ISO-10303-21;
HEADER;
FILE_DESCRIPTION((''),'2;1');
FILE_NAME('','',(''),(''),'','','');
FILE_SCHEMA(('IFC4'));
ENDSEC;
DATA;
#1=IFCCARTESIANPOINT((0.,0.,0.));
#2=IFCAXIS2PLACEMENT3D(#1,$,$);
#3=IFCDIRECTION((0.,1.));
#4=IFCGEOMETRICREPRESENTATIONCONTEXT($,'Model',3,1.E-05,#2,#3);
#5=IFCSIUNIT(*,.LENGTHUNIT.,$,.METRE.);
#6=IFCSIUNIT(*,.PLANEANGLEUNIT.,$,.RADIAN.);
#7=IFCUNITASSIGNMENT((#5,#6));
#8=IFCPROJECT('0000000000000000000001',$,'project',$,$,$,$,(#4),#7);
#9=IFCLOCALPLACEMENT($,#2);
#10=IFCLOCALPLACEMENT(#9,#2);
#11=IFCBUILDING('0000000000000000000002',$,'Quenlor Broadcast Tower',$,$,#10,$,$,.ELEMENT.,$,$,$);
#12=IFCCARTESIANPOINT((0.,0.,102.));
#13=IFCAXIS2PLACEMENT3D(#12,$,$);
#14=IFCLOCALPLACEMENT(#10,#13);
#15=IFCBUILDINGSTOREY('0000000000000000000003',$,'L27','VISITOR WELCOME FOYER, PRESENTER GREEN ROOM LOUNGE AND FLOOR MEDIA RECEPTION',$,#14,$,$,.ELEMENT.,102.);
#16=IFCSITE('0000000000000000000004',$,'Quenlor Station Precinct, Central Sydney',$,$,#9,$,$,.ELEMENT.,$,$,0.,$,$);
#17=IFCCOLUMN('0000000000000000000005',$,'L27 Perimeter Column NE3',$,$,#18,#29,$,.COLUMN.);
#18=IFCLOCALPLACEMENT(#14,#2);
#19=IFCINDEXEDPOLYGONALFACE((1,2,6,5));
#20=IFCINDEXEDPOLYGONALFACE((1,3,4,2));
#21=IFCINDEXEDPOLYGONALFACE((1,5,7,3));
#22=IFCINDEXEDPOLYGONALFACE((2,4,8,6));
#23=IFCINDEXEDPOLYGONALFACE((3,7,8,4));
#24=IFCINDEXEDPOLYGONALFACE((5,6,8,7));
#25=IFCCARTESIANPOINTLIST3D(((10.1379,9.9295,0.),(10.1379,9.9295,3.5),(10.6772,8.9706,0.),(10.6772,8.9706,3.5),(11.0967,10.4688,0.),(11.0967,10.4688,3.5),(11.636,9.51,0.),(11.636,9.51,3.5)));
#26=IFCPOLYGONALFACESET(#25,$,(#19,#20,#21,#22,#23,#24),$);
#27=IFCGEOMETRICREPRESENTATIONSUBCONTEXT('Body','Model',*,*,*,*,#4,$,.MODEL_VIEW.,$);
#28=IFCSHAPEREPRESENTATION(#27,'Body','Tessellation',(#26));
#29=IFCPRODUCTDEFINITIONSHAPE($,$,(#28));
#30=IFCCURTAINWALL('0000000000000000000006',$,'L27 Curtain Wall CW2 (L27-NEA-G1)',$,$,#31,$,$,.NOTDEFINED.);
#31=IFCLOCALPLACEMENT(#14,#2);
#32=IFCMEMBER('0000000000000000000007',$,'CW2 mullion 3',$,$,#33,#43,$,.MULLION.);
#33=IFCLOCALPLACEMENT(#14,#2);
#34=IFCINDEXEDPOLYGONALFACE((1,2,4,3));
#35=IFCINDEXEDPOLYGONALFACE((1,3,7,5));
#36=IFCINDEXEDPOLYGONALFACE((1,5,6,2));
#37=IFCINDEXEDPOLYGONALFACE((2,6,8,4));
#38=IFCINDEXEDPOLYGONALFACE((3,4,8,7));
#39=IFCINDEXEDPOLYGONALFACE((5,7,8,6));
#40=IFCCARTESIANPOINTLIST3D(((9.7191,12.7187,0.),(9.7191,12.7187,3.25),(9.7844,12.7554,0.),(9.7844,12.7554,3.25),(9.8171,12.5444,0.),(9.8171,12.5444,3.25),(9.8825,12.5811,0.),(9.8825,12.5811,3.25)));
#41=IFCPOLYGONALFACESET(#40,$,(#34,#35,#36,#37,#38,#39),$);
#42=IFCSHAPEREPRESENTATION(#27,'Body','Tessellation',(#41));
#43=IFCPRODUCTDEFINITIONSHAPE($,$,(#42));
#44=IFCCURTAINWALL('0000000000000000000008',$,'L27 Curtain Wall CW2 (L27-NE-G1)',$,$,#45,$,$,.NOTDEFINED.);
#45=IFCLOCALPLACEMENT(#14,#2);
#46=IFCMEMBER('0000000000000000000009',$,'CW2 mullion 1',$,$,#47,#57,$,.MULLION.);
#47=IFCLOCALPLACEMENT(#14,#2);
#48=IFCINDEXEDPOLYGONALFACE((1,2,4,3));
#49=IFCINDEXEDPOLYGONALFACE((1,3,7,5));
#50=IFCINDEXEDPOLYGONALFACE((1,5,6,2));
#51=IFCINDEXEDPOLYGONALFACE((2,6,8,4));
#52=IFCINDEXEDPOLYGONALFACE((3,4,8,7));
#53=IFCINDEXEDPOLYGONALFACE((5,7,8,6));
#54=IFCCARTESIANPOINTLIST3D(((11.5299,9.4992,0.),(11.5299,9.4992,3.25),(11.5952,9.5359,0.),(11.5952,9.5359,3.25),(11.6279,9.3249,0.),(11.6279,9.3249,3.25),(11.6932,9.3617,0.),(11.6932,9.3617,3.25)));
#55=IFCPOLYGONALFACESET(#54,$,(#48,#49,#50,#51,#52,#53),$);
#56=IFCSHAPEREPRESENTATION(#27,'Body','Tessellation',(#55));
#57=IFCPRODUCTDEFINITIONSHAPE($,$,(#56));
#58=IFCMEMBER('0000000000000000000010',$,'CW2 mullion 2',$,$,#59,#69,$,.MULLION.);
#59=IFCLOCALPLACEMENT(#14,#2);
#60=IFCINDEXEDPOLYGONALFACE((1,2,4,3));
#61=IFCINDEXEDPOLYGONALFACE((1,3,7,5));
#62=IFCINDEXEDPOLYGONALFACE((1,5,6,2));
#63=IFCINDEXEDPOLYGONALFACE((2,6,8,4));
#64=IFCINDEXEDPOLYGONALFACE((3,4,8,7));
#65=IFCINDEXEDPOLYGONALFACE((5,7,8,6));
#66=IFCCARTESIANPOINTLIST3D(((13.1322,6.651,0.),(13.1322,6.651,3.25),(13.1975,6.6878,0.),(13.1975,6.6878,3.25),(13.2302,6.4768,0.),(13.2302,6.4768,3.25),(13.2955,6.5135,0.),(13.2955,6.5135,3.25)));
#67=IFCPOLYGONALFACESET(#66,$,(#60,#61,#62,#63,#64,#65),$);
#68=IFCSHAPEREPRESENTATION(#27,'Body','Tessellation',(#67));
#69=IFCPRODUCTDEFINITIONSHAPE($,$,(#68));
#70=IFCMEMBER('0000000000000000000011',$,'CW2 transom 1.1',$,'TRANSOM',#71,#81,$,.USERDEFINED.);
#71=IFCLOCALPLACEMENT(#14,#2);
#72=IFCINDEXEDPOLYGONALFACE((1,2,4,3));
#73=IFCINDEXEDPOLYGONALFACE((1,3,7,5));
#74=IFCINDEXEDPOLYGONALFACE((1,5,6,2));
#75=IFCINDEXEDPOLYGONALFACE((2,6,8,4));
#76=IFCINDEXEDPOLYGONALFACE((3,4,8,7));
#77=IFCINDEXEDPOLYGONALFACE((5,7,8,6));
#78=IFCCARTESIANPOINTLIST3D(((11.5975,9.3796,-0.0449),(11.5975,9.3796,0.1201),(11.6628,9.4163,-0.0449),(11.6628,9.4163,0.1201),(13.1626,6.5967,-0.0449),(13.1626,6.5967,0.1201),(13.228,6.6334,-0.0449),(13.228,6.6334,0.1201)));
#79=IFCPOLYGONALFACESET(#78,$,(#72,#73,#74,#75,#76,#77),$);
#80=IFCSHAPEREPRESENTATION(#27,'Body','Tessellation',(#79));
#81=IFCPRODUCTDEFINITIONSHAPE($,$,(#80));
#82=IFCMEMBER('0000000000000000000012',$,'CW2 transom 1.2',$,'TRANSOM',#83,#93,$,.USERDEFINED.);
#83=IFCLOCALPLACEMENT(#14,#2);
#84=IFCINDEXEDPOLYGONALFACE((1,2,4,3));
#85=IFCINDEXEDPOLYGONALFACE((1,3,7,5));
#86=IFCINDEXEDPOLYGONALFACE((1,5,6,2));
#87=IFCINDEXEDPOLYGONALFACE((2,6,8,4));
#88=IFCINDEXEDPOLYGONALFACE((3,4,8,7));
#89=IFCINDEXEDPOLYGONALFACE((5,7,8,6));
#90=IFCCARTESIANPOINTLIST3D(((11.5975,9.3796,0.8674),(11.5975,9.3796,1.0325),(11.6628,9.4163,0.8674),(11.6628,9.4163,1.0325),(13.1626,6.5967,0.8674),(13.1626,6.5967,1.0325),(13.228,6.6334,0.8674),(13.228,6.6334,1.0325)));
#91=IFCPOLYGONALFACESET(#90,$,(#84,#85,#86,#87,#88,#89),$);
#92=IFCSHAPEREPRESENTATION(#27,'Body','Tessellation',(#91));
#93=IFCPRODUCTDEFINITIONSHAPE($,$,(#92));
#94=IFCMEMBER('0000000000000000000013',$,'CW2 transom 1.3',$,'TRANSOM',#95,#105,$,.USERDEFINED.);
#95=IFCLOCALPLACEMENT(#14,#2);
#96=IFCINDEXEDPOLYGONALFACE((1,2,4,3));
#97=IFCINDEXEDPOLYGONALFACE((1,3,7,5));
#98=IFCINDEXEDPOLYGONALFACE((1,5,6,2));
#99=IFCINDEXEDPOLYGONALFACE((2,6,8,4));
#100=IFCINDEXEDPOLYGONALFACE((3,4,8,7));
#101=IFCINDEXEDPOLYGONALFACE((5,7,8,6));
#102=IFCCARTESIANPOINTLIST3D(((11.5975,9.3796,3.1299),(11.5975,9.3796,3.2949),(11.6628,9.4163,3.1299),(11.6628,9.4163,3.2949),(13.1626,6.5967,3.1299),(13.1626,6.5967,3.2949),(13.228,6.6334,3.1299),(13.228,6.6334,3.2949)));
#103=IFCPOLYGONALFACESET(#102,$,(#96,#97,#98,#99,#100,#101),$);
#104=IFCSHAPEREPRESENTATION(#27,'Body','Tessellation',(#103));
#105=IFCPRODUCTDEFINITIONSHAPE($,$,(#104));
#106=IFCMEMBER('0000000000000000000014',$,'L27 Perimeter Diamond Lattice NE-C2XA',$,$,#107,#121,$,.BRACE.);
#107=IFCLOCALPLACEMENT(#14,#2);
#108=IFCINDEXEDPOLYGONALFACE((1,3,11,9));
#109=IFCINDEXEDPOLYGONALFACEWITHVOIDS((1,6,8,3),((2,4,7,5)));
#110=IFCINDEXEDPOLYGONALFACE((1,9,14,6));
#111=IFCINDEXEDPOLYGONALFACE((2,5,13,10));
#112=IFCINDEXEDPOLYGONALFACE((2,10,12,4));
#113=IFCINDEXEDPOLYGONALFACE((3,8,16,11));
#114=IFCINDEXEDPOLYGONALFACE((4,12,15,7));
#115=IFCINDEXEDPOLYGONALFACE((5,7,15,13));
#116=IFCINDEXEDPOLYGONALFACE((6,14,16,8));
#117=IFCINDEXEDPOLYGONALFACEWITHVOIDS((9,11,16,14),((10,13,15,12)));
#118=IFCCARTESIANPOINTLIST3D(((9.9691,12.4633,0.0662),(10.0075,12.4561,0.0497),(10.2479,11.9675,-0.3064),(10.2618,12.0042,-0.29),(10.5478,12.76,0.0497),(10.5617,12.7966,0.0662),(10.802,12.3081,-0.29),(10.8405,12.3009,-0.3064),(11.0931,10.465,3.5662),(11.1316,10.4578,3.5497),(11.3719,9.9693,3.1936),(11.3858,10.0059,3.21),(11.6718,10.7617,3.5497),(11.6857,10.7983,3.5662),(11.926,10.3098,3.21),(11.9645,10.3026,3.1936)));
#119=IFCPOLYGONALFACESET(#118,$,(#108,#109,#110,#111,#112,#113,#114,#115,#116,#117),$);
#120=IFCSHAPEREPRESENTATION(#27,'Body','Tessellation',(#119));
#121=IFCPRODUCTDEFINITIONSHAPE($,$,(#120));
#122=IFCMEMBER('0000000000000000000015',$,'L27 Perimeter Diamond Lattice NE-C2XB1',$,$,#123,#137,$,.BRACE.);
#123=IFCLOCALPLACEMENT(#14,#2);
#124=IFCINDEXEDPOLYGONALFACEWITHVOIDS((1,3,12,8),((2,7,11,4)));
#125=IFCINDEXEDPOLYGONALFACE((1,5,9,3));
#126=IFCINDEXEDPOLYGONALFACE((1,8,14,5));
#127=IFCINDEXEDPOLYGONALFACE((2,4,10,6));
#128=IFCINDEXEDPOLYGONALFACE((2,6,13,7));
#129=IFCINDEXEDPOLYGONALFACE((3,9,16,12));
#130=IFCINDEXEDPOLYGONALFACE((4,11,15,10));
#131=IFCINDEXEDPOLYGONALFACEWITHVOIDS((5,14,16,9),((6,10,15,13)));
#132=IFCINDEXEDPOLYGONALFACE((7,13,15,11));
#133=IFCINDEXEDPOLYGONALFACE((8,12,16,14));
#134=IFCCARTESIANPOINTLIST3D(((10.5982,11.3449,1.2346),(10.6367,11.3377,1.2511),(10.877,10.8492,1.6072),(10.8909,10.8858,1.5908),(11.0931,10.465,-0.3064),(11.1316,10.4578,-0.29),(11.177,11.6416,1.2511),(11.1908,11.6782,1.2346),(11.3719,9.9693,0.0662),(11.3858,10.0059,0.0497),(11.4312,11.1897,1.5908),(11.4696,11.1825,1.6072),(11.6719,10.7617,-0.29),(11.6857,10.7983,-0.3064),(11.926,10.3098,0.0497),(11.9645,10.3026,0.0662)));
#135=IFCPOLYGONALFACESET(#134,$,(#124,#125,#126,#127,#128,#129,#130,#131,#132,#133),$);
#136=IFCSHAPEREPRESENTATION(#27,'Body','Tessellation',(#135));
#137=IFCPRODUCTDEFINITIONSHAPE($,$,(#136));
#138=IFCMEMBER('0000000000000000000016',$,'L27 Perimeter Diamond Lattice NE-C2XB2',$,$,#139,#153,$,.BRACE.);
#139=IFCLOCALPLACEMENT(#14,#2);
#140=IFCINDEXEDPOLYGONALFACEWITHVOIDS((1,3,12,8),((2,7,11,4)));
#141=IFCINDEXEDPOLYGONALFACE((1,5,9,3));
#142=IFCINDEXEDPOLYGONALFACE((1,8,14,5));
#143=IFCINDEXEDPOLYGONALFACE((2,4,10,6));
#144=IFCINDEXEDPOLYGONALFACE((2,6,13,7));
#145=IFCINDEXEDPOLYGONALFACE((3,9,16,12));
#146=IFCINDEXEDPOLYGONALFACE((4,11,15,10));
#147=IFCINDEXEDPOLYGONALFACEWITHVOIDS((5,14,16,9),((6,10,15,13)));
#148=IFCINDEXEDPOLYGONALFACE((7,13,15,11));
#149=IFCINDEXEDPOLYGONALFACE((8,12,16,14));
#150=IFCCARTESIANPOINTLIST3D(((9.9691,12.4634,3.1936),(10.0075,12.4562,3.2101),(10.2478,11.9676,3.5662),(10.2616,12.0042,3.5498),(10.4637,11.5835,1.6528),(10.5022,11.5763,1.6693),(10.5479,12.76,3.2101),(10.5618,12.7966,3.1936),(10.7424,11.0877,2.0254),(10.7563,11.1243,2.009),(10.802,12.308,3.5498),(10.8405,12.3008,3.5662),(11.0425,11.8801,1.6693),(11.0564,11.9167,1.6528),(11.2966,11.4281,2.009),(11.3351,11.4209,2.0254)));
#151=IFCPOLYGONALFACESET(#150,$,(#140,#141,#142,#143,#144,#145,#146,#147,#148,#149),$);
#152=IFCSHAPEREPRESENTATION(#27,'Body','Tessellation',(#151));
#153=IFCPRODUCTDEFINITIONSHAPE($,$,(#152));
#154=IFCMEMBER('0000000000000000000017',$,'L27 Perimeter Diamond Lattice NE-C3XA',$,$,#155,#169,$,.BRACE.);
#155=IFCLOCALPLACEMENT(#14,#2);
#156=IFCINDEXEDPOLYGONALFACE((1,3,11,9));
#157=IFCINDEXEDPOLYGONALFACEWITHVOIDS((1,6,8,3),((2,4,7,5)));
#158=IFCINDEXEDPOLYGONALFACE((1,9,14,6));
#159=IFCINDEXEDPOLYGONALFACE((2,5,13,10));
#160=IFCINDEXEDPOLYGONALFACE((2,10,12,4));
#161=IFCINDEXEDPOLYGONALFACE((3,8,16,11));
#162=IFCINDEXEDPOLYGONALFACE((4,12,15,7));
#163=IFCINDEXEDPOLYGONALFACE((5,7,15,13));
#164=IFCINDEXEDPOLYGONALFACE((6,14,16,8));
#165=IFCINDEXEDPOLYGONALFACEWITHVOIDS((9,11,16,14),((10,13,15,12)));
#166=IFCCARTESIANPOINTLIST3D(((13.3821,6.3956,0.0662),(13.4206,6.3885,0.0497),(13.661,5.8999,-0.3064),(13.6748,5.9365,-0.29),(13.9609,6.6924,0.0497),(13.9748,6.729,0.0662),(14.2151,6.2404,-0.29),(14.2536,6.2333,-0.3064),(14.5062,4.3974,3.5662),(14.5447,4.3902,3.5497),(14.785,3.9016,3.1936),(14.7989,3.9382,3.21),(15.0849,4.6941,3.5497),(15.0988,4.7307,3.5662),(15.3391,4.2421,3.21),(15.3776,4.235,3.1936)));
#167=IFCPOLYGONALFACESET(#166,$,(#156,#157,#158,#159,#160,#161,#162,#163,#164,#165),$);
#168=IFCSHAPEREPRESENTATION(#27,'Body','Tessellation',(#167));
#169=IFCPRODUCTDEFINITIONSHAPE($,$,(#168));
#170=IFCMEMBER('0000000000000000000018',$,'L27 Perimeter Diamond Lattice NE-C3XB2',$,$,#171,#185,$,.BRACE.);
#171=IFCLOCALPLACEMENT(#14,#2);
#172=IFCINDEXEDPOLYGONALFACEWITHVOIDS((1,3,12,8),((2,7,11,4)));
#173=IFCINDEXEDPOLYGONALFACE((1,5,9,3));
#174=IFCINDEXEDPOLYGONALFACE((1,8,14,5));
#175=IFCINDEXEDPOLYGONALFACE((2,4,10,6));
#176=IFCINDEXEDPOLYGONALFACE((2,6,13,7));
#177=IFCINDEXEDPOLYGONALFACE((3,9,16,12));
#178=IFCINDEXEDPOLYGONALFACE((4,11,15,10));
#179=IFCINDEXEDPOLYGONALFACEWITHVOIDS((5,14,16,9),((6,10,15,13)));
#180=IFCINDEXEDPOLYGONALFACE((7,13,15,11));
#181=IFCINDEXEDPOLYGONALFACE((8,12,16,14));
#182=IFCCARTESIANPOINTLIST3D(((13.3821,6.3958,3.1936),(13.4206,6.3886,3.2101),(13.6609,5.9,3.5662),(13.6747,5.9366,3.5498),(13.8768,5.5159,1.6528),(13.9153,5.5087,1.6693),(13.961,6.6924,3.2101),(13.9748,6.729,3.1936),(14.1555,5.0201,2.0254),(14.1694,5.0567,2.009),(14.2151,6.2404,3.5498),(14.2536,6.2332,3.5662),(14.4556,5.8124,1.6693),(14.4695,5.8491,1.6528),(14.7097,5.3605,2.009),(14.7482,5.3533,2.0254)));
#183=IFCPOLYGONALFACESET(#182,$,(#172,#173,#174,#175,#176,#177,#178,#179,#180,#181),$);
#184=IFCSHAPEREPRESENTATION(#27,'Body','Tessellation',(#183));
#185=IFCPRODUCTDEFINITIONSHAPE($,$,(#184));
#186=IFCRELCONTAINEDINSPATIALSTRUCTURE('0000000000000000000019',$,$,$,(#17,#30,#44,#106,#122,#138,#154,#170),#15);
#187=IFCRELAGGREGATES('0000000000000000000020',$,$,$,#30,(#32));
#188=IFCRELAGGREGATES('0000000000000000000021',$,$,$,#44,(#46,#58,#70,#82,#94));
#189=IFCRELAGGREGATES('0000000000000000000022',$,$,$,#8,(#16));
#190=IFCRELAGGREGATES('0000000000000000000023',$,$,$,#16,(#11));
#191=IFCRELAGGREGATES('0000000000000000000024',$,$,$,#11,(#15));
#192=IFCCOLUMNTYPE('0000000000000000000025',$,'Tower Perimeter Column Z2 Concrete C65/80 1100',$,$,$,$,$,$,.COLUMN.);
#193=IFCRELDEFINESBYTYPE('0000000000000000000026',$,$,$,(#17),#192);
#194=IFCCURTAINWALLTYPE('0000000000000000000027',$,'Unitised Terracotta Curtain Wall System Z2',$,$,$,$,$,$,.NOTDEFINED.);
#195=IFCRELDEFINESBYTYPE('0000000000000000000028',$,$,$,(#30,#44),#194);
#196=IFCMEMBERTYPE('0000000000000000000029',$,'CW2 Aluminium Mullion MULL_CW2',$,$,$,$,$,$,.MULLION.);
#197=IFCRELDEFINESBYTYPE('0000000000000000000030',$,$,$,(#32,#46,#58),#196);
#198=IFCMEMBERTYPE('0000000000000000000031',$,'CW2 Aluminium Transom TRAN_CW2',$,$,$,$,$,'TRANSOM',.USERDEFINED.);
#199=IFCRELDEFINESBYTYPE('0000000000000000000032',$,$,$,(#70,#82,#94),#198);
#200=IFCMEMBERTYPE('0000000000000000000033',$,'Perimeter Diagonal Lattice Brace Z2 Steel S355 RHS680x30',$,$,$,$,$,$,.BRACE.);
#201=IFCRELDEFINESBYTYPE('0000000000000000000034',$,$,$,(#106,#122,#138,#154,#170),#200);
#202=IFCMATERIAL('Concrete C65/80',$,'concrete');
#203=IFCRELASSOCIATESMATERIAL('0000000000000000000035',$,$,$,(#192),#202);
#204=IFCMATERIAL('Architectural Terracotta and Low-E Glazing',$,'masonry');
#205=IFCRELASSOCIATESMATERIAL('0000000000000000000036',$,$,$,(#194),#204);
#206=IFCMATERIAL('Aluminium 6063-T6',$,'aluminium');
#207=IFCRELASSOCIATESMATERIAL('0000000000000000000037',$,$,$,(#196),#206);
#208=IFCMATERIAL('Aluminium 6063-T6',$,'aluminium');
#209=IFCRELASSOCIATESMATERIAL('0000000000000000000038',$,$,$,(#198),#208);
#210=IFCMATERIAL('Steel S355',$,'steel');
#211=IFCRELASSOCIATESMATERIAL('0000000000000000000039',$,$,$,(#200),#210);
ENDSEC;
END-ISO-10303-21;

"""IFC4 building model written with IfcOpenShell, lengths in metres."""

from ifc_helpers import new_model, si_unit, direction, frame, origin, origin_2d, place, context, subcontext, project, spatial, rectangle, hollow_rectangle, extrude, material, material_profile, profile_set, type_object, element, aggregate, save


model = new_model("IFC4")

# Units and contexts
model_context = context("Model", 3, precision=1e-05, world=origin(), true_north=direction((0.0, 1.0)))
body_context = subcontext(model_context, "Body", "Model", "MODEL_VIEW")
ifc_project = project(units=[si_unit("LENGTHUNIT", "METRE"), si_unit("PLANEANGLEUNIT", "RADIAN")], contexts=[model_context])

# Site, building, storey
site_placement = place(None, origin())
site = spatial("IfcSite", under=ifc_project, at=site_placement, Name="Quenlor Station Precinct, Central Sydney", CompositionType="ELEMENT", RefElevation=0.0)
building_placement = place(site_placement, origin())
building = spatial("IfcBuilding", under=site, at=building_placement, Name="Quenlor Broadcast Tower", CompositionType="ELEMENT")
storey_placement = place(building_placement, frame((0.0, 0.0, 102.0)))
storey = spatial("IfcBuildingStorey", under=building, at=storey_placement, Name="L27", Description="VISITOR WELCOME FOYER, PRESENTER GREEN ROOM LOUNGE AND FLOOR MEDIA RECEPTION", CompositionType="ELEMENT", Elevation=102.0)

# Column
ifc_material_1 = material(Name="Concrete C65/80", Category="concrete")
ifc_material_profile_1 = material_profile(ifc_material_1, rectangle(XDim=1.1001, YDim=1.1001, at=origin_2d()))
ifc_profile_set_1 = profile_set([ifc_material_profile_1], Name="Concrete C65/80 RC1100x1100")
column_type = type_object("IfcColumnType", Name="Tower Perimeter Column Z2 Concrete C65/80 1100", PredefinedType="COLUMN", material=ifc_profile_set_1)
column_placement = place(storey_placement, frame((10.887, 9.7197, 0.0), z_axis=(0.0, 0.0, 1.0), x_axis=(0.871575, 0.490262, 0.0)))
element("IfcColumn", 1, at=column_placement, inside=storey, type_object=column_type, Name="L27 Perimeter Column NE3", PredefinedType="COLUMN", context=body_context, shape_type="SweptSolid", body=[
    extrude(rectangle(XDim=1.1001, YDim=1.1001, at=origin_2d()), origin(), (0.0, 0.0, 1.0), 3.5),
])

# Curtain wall, member
ifc_material_2 = material(Name="Architectural Terracotta and Low-E Glazing", Category="masonry")
curtain_wall_type = type_object("IfcCurtainWallType", Name="Unitised Terracotta Curtain Wall System Z2", PredefinedType="NOTDEFINED", material=ifc_material_2)
curtain_wall_1_placement = place(storey_placement, origin())
curtain_wall_1 = element("IfcCurtainWall", 2, at=curtain_wall_1_placement, inside=storey, type_object=curtain_wall_type, Name="L27 Curtain Wall CW2 (L27-NEA-G1)", PredefinedType="NOTDEFINED")
ifc_material_3 = material(Name="Aluminium 6063-T6", Category="aluminium")
ifc_material_profile_2 = material_profile(ifc_material_3, rectangle(XDim=0.075, YDim=0.2, at=origin_2d()))
ifc_profile_set_2 = profile_set([ifc_material_profile_2], Name="Aluminium 6063-T6 MULL75x200")
member_type_1 = type_object("IfcMemberType", Name="CW2 Aluminium Mullion MULL_CW2", PredefinedType="MULLION", material=ifc_profile_set_2)
member_1_placement = place(storey_placement, frame((9.8008, 12.6499, 0.0), z_axis=(0.0, 0.0, 1.0), x_axis=(0.871573, 0.490265, 0.0)))
member_1 = element("IfcMember", 3, at=member_1_placement, type_object=member_type_1, Name="CW2 mullion 3", PredefinedType="MULLION", context=body_context, shape_type="SweptSolid", body=[
    extrude(rectangle(XDim=0.075, YDim=0.2, at=origin_2d()), origin(), (0.0, 0.0, 1.0), 3.25),
])
aggregate(curtain_wall_1, [member_1])

# Curtain wall, members
curtain_wall_2_placement = place(storey_placement, origin())
curtain_wall_2 = element("IfcCurtainWall", 4, at=curtain_wall_2_placement, inside=storey, type_object=curtain_wall_type, Name="L27 Curtain Wall CW2 (L27-NE-G1)", PredefinedType="NOTDEFINED")
member_2_placement = place(storey_placement, frame((11.6116, 9.4304, 0.0), z_axis=(0.0, 0.0, 1.0), x_axis=(0.871576, 0.490261, 0.0)))
member_2 = element("IfcMember", 5, at=member_2_placement, type_object=member_type_1, Name="CW2 mullion 1", PredefinedType="MULLION", context=body_context, shape_type="SweptSolid", body=[
    extrude(rectangle(XDim=0.075, YDim=0.2, at=origin_2d()), origin(), (0.0, 0.0, 1.0), 3.25),
])
member_3_placement = place(storey_placement, frame((13.2139, 6.5823, 0.0), z_axis=(0.0, 0.0, 1.0), x_axis=(0.871576, 0.490261, 0.0)))
member_3 = element("IfcMember", 6, at=member_3_placement, type_object=member_type_1, Name="CW2 mullion 2", PredefinedType="MULLION", context=body_context, shape_type="SweptSolid", body=[
    extrude(rectangle(XDim=0.075, YDim=0.2, at=origin_2d()), origin(), (0.0, 0.0, 1.0), 3.25),
])
ifc_material_4 = material(Name="Aluminium 6063-T6", Category="aluminium")
ifc_material_profile_3 = material_profile(ifc_material_4, rectangle(XDim=0.075, YDim=0.165, at=origin_2d()))
ifc_profile_set_3 = profile_set([ifc_material_profile_3], Name="Aluminium 6063-T6 TRAN75x165")
member_type_2 = type_object("IfcMemberType", Name="CW2 Aluminium Transom TRAN_CW2", ElementType="TRANSOM", PredefinedType="USERDEFINED", material=ifc_profile_set_3)
member_4_placement = place(storey_placement, frame((11.6301, 9.3979, 0.0376), z_axis=(0.490207, -0.871606, 0.0), x_axis=(0.871606, 0.490207, 0.0)))
member_4 = element("IfcMember", 7, at=member_4_placement, type_object=member_type_2, Name="CW2 transom 1.1", ObjectType="TRANSOM", PredefinedType="USERDEFINED", context=body_context, shape_type="SweptSolid", body=[
    extrude(rectangle(XDim=0.075, YDim=0.165, at=origin_2d()), origin(), (0.0, 0.0, 1.0), 3.1929),
])
member_5_placement = place(storey_placement, frame((11.6301, 9.3979, 0.95), z_axis=(0.490207, -0.871606, 0.0), x_axis=(0.871606, 0.490207, 0.0)))
member_5 = element("IfcMember", 8, at=member_5_placement, type_object=member_type_2, Name="CW2 transom 1.2", ObjectType="TRANSOM", PredefinedType="USERDEFINED", context=body_context, shape_type="SweptSolid", body=[
    extrude(rectangle(XDim=0.075, YDim=0.165, at=origin_2d()), origin(), (0.0, 0.0, 1.0), 3.1929),
])
member_6_placement = place(storey_placement, frame((11.6301, 9.3979, 3.2124), z_axis=(0.490207, -0.871606, 0.0), x_axis=(0.871606, 0.490207, 0.0)))
member_6 = element("IfcMember", 9, at=member_6_placement, type_object=member_type_2, Name="CW2 transom 1.3", ObjectType="TRANSOM", PredefinedType="USERDEFINED", context=body_context, shape_type="SweptSolid", body=[
    extrude(rectangle(XDim=0.075, YDim=0.165, at=origin_2d()), origin(), (0.0, 0.0, 1.0), 3.1929),
])

# Members
ifc_material_5 = material(Name="Steel S355", Category="steel")
ifc_material_profile_4 = material_profile(ifc_material_5, hollow_rectangle(XDim=0.6799, YDim=0.6799, WallThickness=0.03, at=origin_2d()))
ifc_profile_set_4 = profile_set([ifc_material_profile_4], Name="Steel S355 RHS680x680x30")
member_type_3 = type_object("IfcMemberType", Name="Perimeter Diagonal Lattice Brace Z2 Steel S355 RHS680x30", PredefinedType="BRACE", material=ifc_profile_set_4)
member_7_placement = place(storey_placement, frame((10.4048, 12.3821, -0.1201), z_axis=(0.268642, -0.477593, 0.836502), x_axis=(0.871578, 0.490256, 0.0)))
element("IfcMember", 10, at=member_7_placement, inside=storey, type_object=member_type_3, Name="L27 Perimeter Diamond Lattice NE-C2XA", PredefinedType="BRACE", context=body_context, shape_type="SweptSolid", body=[
    extrude(hollow_rectangle(XDim=0.6799, YDim=0.6799, WallThickness=0.03, at=origin_2d()), origin(), (0.0, 0.0, 1.0), 4.1841),
])
member_8_placement = place(storey_placement, frame((11.5288, 10.3838, -0.1201), z_axis=(-0.268627, 0.477618, 0.836493), x_axis=(-0.871601, -0.490215, 0.0)))
element("IfcMember", 11, at=member_8_placement, inside=storey, type_object=member_type_3, Name="L27 Perimeter Diamond Lattice NE-C2XB1", PredefinedType="BRACE", context=body_context, shape_type="SweptSolid", body=[
    extrude(hollow_rectangle(XDim=0.6799, YDim=0.6799, WallThickness=0.03, at=origin_2d()), origin(), (0.0, 0.0, 1.0), 1.8423),
])
member_9_placement = place(storey_placement, frame((10.8994, 11.5022, 1.8391), z_axis=(-0.268534, 0.477688, 0.836483), x_axis=(-0.871705, -0.490032, 0.0)))
element("IfcMember", 12, at=member_9_placement, inside=storey, type_object=member_type_3, Name="L27 Perimeter Diamond Lattice NE-C2XB2", PredefinedType="BRACE", context=body_context, shape_type="SweptSolid", body=[
    extrude(hollow_rectangle(XDim=0.6799, YDim=0.6799, WallThickness=0.03, at=origin_2d()), origin(), (0.0, 0.0, 1.0), 1.842),
])
member_10_placement = place(storey_placement, frame((13.8179, 6.3145, -0.1201), z_axis=(0.268642, -0.477593, 0.836502), x_axis=(0.871578, 0.490256, 0.0)))
element("IfcMember", 13, at=member_10_placement, inside=storey, type_object=member_type_3, Name="L27 Perimeter Diamond Lattice NE-C3XA", PredefinedType="BRACE", context=body_context, shape_type="SweptSolid", body=[
    extrude(hollow_rectangle(XDim=0.6799, YDim=0.6799, WallThickness=0.03, at=origin_2d()), origin(), (0.0, 0.0, 1.0), 4.1841),
])
member_11_placement = place(storey_placement, frame((14.3125, 5.4346, 1.8391), z_axis=(-0.268534, 0.477688, 0.836483), x_axis=(-0.871705, -0.490032, 0.0)))
element("IfcMember", 14, at=member_11_placement, inside=storey, type_object=member_type_3, Name="L27 Perimeter Diamond Lattice NE-C3XB2", PredefinedType="BRACE", context=body_context, shape_type="SweptSolid", body=[
    extrude(hollow_rectangle(XDim=0.6799, YDim=0.6799, WallThickness=0.03, at=origin_2d()), origin(), (0.0, 0.0, 1.0), 1.842),
])

aggregate(curtain_wall_2, [member_2, member_3, member_4, member_5, member_6])

save(model, "model.ifc")
